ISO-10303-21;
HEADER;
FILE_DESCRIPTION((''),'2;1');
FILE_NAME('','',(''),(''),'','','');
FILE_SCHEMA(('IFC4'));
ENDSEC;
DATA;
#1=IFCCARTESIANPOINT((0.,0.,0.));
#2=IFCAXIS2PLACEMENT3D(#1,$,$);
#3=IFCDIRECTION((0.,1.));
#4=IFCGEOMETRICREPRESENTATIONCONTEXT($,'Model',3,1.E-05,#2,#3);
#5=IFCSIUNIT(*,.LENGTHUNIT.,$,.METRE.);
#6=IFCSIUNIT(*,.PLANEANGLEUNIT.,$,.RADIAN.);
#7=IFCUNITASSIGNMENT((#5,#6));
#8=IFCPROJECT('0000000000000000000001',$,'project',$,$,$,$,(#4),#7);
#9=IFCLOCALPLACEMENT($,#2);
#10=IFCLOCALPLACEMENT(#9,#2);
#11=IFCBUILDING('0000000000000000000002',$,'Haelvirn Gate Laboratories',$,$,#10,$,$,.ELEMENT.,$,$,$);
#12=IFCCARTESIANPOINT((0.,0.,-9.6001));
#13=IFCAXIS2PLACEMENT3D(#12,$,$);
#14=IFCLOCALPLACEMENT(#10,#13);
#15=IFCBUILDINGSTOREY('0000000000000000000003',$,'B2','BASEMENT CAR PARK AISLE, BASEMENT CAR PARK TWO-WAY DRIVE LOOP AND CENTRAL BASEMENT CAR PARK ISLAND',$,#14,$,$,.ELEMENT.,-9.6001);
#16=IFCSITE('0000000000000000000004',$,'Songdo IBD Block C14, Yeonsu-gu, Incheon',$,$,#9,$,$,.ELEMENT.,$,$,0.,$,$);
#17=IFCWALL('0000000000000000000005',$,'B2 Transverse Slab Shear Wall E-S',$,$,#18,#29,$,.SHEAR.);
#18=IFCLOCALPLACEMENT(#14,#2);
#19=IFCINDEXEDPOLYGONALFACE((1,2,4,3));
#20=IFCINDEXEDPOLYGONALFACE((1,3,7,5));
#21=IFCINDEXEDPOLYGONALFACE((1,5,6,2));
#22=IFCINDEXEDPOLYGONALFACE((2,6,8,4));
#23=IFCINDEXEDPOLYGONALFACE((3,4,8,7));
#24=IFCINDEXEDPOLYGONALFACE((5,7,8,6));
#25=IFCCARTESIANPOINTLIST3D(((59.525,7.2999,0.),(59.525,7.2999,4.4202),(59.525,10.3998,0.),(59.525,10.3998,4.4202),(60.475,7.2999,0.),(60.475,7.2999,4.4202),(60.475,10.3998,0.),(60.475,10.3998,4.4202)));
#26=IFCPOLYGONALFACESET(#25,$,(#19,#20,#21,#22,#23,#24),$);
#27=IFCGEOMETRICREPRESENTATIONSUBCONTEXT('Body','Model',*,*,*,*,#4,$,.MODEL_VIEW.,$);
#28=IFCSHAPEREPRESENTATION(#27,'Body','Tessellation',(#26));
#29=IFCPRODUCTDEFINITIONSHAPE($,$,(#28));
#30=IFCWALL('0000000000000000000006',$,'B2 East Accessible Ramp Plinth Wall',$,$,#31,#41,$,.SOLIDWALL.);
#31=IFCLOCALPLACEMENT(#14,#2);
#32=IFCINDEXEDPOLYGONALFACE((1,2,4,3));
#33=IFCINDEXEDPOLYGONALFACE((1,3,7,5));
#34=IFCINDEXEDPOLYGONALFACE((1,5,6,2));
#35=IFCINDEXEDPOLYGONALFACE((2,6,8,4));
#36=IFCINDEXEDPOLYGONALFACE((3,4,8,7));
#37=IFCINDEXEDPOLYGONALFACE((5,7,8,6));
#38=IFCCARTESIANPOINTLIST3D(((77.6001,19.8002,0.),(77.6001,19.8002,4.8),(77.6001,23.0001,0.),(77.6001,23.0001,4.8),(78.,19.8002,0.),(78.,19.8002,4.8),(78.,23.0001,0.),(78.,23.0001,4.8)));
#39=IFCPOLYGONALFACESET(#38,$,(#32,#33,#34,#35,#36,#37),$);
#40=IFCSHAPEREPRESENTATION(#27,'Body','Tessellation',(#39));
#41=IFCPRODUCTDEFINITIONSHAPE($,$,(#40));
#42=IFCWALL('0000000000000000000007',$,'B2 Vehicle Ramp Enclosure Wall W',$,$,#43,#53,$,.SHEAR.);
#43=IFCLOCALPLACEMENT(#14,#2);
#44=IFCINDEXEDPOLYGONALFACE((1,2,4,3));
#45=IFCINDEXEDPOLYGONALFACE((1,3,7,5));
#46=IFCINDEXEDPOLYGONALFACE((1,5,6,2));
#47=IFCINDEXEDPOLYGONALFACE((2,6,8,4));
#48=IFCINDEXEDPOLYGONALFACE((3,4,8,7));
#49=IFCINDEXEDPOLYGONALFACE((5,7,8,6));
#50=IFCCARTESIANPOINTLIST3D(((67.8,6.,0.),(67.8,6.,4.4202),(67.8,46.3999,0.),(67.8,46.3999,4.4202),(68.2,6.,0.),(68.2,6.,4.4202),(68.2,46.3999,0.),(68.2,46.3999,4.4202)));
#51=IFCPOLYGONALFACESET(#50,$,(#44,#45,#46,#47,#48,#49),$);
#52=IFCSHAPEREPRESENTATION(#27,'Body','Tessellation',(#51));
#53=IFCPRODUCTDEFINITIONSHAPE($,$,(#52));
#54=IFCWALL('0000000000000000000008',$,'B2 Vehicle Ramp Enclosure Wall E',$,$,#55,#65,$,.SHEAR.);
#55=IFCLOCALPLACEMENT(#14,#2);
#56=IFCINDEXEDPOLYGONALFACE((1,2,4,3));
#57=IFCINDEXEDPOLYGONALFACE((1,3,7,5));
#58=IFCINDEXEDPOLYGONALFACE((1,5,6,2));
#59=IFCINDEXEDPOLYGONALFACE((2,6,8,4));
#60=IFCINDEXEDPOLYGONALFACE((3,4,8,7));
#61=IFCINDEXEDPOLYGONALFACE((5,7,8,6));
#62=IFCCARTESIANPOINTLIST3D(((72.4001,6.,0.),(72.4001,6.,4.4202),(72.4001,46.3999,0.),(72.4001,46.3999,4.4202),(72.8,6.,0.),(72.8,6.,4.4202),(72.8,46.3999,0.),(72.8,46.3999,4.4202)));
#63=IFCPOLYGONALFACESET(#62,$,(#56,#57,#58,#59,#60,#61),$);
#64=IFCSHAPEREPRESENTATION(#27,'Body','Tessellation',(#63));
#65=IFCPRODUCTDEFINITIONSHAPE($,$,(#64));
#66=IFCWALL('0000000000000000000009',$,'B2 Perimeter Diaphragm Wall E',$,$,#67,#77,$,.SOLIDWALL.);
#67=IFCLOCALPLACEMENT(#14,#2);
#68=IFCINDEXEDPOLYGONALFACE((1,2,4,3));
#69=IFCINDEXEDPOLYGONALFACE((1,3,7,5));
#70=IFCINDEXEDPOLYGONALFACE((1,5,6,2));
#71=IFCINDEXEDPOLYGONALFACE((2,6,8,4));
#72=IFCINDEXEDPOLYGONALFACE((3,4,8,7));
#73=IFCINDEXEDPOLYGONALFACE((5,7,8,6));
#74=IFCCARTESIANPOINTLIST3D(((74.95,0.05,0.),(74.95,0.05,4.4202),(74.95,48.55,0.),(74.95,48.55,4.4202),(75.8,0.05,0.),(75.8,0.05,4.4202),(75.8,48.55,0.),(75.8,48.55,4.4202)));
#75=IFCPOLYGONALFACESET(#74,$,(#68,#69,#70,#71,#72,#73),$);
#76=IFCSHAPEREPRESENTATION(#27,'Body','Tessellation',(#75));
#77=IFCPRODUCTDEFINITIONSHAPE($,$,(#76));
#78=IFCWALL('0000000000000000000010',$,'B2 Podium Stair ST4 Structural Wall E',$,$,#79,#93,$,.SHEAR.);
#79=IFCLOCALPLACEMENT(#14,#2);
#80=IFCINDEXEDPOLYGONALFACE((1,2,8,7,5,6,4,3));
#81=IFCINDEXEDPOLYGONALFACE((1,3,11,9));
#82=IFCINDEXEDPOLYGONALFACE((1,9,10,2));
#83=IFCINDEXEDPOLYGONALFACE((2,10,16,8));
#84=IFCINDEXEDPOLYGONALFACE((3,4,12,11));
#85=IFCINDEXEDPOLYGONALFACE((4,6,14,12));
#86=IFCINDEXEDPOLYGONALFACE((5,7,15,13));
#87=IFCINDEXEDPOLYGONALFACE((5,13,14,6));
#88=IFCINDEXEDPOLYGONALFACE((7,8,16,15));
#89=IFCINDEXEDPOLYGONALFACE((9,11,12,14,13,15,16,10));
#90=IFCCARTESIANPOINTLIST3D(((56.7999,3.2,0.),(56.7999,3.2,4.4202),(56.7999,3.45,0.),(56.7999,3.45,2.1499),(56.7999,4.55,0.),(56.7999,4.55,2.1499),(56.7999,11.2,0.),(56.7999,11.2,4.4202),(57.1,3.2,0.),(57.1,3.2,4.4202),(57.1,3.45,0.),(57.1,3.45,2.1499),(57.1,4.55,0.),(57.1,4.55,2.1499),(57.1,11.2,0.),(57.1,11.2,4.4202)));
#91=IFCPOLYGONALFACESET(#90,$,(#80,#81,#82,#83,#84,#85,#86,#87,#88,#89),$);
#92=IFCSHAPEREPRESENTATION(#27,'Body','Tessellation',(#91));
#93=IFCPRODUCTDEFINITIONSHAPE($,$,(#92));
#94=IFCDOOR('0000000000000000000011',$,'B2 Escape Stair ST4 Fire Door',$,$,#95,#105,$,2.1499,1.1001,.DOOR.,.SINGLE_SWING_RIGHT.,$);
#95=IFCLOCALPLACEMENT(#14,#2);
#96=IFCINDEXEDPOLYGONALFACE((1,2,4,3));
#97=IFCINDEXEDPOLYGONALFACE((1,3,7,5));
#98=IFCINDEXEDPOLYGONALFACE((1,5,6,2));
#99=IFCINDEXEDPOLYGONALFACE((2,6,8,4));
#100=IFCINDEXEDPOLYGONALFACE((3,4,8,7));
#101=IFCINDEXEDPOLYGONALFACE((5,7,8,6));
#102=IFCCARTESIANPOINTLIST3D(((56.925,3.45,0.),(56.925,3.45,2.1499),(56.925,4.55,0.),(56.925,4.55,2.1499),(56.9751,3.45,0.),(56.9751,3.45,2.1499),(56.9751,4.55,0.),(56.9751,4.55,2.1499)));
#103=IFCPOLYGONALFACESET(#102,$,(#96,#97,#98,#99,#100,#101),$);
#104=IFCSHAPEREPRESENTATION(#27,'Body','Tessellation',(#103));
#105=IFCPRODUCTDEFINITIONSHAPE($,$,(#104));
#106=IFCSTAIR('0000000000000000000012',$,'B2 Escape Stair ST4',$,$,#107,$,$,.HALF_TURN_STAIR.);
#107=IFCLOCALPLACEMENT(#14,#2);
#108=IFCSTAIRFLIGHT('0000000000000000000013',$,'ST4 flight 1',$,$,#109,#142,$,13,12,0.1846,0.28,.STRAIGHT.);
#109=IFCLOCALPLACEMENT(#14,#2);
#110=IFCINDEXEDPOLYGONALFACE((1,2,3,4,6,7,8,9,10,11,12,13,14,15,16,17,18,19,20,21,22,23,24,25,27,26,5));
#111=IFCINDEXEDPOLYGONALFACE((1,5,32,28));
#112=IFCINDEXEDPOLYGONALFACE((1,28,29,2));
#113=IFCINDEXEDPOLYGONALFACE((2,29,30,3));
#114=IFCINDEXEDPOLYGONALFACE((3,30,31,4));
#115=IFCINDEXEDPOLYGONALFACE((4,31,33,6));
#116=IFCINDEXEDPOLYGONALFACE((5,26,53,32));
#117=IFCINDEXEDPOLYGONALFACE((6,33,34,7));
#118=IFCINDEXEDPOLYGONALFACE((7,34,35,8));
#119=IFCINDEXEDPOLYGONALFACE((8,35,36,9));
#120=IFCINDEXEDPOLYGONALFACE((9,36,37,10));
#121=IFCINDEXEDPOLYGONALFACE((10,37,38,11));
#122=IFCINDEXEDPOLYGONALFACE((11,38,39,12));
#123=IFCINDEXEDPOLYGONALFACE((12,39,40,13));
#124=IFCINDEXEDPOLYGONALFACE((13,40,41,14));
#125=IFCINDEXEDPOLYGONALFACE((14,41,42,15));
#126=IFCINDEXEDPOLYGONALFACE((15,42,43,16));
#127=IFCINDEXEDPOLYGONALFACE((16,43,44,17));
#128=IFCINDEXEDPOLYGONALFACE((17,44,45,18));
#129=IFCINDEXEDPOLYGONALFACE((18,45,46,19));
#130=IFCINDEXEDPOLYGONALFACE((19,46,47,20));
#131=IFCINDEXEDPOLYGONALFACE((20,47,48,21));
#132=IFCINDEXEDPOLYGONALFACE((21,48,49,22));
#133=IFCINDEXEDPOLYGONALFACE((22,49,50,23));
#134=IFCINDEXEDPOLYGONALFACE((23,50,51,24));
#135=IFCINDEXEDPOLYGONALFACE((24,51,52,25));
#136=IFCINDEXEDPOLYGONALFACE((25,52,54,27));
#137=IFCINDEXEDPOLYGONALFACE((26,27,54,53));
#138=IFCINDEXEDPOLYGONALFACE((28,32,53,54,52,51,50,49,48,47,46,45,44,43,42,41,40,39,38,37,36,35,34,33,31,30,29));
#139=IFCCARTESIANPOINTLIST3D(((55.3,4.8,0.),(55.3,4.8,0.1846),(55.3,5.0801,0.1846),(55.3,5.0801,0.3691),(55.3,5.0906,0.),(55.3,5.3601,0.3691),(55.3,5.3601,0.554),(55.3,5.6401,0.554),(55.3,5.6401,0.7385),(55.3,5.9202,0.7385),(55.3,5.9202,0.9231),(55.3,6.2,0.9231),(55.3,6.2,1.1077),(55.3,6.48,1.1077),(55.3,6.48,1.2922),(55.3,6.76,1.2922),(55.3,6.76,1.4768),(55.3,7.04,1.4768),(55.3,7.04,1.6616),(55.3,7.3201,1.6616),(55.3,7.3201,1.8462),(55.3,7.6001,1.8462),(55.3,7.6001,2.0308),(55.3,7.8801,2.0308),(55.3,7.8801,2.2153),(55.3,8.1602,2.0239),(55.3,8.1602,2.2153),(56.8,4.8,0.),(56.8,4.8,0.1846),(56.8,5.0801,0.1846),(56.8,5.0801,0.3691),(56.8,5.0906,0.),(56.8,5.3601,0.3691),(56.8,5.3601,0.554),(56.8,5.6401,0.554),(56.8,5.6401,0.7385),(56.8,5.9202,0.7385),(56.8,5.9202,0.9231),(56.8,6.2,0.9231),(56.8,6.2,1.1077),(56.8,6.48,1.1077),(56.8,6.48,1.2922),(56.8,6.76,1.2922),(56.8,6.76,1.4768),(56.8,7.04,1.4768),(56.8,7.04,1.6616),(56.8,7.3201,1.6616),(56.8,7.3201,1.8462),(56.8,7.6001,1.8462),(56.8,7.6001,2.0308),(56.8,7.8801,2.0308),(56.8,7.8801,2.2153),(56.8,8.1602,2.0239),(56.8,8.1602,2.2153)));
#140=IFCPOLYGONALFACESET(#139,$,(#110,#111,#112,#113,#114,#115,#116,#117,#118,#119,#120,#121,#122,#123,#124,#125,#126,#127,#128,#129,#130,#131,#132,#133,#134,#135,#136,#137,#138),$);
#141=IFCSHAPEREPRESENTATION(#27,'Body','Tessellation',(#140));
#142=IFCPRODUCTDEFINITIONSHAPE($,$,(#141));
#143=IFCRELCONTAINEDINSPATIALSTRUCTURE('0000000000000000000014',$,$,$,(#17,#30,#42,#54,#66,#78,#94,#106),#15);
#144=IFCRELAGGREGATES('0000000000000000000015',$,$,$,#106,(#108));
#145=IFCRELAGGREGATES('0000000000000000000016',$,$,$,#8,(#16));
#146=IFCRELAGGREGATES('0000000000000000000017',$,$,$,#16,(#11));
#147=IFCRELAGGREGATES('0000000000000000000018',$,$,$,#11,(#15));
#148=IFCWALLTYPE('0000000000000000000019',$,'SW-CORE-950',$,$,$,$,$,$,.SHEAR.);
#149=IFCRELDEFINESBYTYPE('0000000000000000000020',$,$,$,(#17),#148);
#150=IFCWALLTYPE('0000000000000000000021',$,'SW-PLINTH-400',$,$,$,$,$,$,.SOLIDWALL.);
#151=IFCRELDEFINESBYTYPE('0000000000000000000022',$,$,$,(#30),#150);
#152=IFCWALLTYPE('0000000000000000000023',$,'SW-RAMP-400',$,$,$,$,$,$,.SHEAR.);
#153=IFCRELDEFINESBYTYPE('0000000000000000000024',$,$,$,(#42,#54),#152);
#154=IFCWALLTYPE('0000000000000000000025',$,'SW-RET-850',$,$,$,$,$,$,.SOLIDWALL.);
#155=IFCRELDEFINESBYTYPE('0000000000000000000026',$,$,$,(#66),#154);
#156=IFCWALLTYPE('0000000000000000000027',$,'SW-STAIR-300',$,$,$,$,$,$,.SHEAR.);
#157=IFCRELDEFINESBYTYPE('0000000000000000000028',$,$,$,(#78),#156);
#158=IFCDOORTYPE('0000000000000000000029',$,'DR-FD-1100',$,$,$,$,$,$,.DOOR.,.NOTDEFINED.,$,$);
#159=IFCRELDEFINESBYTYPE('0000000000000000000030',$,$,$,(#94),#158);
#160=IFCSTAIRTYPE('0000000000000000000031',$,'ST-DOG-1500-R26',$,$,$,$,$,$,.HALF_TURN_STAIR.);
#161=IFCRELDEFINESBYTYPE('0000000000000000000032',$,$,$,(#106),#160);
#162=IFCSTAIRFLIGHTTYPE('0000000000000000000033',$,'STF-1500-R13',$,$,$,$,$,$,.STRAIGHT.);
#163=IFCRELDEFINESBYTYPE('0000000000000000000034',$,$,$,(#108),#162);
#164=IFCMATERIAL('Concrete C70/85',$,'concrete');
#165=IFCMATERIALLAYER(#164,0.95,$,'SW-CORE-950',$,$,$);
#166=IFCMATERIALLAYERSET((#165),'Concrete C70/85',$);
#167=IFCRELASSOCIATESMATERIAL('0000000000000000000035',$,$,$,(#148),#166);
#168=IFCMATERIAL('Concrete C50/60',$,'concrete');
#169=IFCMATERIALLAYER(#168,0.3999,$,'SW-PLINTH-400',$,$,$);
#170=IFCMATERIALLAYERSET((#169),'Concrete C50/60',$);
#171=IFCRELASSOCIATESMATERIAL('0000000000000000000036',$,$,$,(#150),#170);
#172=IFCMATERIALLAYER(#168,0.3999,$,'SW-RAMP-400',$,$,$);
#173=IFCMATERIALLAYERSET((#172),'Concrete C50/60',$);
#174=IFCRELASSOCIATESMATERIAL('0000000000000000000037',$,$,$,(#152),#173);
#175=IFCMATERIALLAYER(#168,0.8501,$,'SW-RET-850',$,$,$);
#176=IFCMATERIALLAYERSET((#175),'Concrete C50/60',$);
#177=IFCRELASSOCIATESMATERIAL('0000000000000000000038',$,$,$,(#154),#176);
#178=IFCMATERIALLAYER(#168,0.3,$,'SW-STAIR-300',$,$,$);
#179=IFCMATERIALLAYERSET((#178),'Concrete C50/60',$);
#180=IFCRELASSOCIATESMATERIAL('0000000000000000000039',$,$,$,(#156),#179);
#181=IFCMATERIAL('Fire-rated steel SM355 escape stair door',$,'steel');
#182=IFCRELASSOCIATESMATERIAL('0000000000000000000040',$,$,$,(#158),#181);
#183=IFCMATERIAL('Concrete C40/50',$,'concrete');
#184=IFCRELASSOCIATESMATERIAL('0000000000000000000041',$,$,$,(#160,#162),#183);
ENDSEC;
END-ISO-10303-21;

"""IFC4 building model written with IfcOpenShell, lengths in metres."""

from ifc_helpers import new_model, si_unit, direction, frame, frame_2d, origin, place, context, subcontext, project, spatial, polyline, rectangle, outline, extrude, source, transform, mapped, material, layer, layer_set, type_object, type_shapes, element, fill, aggregate, save


model = new_model("IFC4")

# Units and contexts
model_context = context("Model", 3, precision=1e-05, world=origin(), true_north=direction((0.0, 1.0)))
body_context = subcontext(model_context, "Body", "Model", "MODEL_VIEW")
ifc_project = project(units=[si_unit("LENGTHUNIT", "METRE"), si_unit("PLANEANGLEUNIT", "RADIAN")], contexts=[model_context])

# Site, building, storey
site_placement = place(None, origin())
site = spatial("IfcSite", under=ifc_project, at=site_placement, Name="Songdo IBD Block C14, Yeonsu-gu, Incheon", CompositionType="ELEMENT", RefElevation=0.0)
building_placement = place(site_placement, origin())
building = spatial("IfcBuilding", under=site, at=building_placement, Name="Haelvirn Gate Laboratories", CompositionType="ELEMENT")
storey_placement = place(building_placement, frame((0.0, 0.0, -9.6001)))
storey = spatial("IfcBuildingStorey", under=building, at=storey_placement, Name="B2", Description="BASEMENT CAR PARK AISLE, BASEMENT CAR PARK TWO-WAY DRIVE LOOP AND CENTRAL BASEMENT CAR PARK ISLAND", CompositionType="ELEMENT", Elevation=-9.6001)

# Shared definitions
ifc_material_1 = material(Name="Concrete C70/85", Category="concrete")

# Shared definitions
ifc_material_2 = material(Name="Concrete C50/60", Category="concrete")

# Shared definitions
ifc_material_3 = material(Name="Concrete C40/50", Category="concrete")

# Walls
ifc_layer_1 = layer(ifc_material_1, 0.95, Name="SW-CORE-950")
ifc_layer_set_1 = layer_set([ifc_layer_1], Name="Concrete C70/85")
wall_type_1 = type_object("IfcWallType", Name="SW-CORE-950", PredefinedType="SHEAR", material=ifc_layer_set_1)
wall_1_placement = place(storey_placement, frame((60.0, 7.3, 0.0), z_axis=(0.0, 0.0, 1.0), x_axis=(0.0, 1.0, 0.0)))
element("IfcWall", 1, at=wall_1_placement, inside=storey, type_object=wall_type_1, Name="B2 Transverse Slab Shear Wall E-S", PredefinedType="SHEAR", context=body_context, shape_type="SweptSolid", body=[
    extrude(rectangle(XDim=3.0999, YDim=0.95, at=frame_2d((1.5498, 0.0))), origin(), (0.0, 0.0, 1.0), 4.4202),
])
ifc_layer_2 = layer(ifc_material_2, 0.3999, Name="SW-PLINTH-400")
ifc_layer_set_2 = layer_set([ifc_layer_2], Name="Concrete C50/60")
wall_type_2 = type_object("IfcWallType", Name="SW-PLINTH-400", PredefinedType="SOLIDWALL", material=ifc_layer_set_2)
wall_2_placement = place(storey_placement, frame((77.8, 19.8, 0.0), z_axis=(0.0, 0.0, 1.0), x_axis=(0.0, 1.0, 0.0)))
element("IfcWall", 2, at=wall_2_placement, inside=storey, type_object=wall_type_2, Name="B2 East Accessible Ramp Plinth Wall", PredefinedType="SOLIDWALL", context=body_context, shape_type="SweptSolid", body=[
    extrude(rectangle(XDim=3.2, YDim=0.3999, at=frame_2d((1.6001, 0.0))), origin(), (0.0, 0.0, 1.0), 4.8),
])
ifc_layer_3 = layer(ifc_material_2, 0.3999, Name="SW-RAMP-400")
ifc_layer_set_3 = layer_set([ifc_layer_3], Name="Concrete C50/60")
wall_type_3 = type_object("IfcWallType", Name="SW-RAMP-400", PredefinedType="SHEAR", material=ifc_layer_set_3)
for number, where, z_axis, x_axis, name in (
    (3, (68.0, 6.0, 0.0), (0.0, 0.0, 1.0), (0.0, 1.0, 0.0), "B2 Vehicle Ramp Enclosure Wall W"),
    (4, (72.6001, 6.0, 0.0), (0.0, 0.0, 1.0), (0.0, 1.0, 0.0), "B2 Vehicle Ramp Enclosure Wall E"),
):
    element("IfcWall", number, at=place(storey_placement, frame(where, z_axis=z_axis, x_axis=x_axis)), inside=storey, type_object=wall_type_3, Name=name, PredefinedType="SHEAR", context=body_context, shape_type="SweptSolid", body=[
        extrude(rectangle(XDim=40.3999, YDim=0.3999, at=frame_2d((20.2, 0.0))), origin(), (0.0, 0.0, 1.0), 4.4202),
    ])
ifc_layer_4 = layer(ifc_material_2, 0.8501, Name="SW-RET-850")
ifc_layer_set_4 = layer_set([ifc_layer_4], Name="Concrete C50/60")
wall_type_4 = type_object("IfcWallType", Name="SW-RET-850", PredefinedType="SOLIDWALL", material=ifc_layer_set_4)
wall_3_placement = place(storey_placement, frame((75.375, 0.05, 0.0), z_axis=(0.0, 0.0, 1.0), x_axis=(0.0, 1.0, 0.0)))
element("IfcWall", 5, at=wall_3_placement, inside=storey, type_object=wall_type_4, Name="B2 Perimeter Diaphragm Wall E", PredefinedType="SOLIDWALL", context=body_context, shape_type="SweptSolid", body=[
    extrude(rectangle(XDim=48.5, YDim=0.8501, at=frame_2d((24.25, 0.0))), origin(), (0.0, 0.0, 1.0), 4.4202),
])

# Wall, opening, door
ifc_layer_5 = layer(ifc_material_2, 0.3, Name="SW-STAIR-300")
ifc_layer_set_5 = layer_set([ifc_layer_5], Name="Concrete C50/60")
wall_type_5 = type_object("IfcWallType", Name="SW-STAIR-300", PredefinedType="SHEAR", material=ifc_layer_set_5)
wall_4_placement = place(storey_placement, frame((56.95, 3.2, 0.0), z_axis=(0.0, 0.0, 1.0), x_axis=(0.0, 1.0, 0.0)))
wall_4 = element("IfcWall", 6, at=wall_4_placement, inside=storey, type_object=wall_type_5, Name="B2 Podium Stair ST4 Structural Wall E", PredefinedType="SHEAR", context=body_context, shape_type="SweptSolid", body=[
    extrude(rectangle(XDim=8.0, YDim=0.3, at=frame_2d((4.0, 0.0))), origin(), (0.0, 0.0, 1.0), 4.4202),
])
opening_1_placement = place(wall_4_placement, frame((0.25, 0.0, 0.0)))
opening_1 = element("IfcOpeningElement", 7, at=opening_1_placement, cuts=wall_4, PredefinedType="OPENING", context=body_context, shape_type="SweptSolid", body=[
    extrude(rectangle(XDim=1.1001, YDim=2.1499, at=frame_2d((0.55, 1.075))), frame((0.0, 0.1602, 0.0), z_axis=(0.0, -1.0, 0.0), x_axis=(1.0, 0.0, 0.0)), (0.0, 0.0, 1.0), 0.3201),
])
ifc_material_4 = material(Name="Fire-rated steel SM355 escape stair door", Category="steel")
door_type_1 = type_object("IfcDoorType", Name="DR-FD-1100", OperationType="NOTDEFINED", PredefinedType="DOOR", material=ifc_material_4)
shared_shape_1 = source(origin(), body_context, "Body", "SweptSolid", [
    extrude(rectangle(XDim=1.1001, YDim=2.1499, at=frame_2d((0.55, 1.075))), frame((0.0, 0.0249, 0.0), z_axis=(0.0, -1.0, 0.0), x_axis=(1.0, 0.0, 0.0)), (0.0, 0.0, 1.0), 0.05),
])
type_shapes(door_type_1, [shared_shape_1])
door_1_placement = place(opening_1_placement, origin())
door_1 = element("IfcDoor", 8, at=door_1_placement, inside=storey, type_object=door_type_1, Name="B2 Escape Stair ST4 Fire Door", OperationType="SINGLE_SWING_RIGHT", OverallHeight=2.1499, OverallWidth=1.1001, PredefinedType="DOOR", context=body_context, shape_type="MappedRepresentation", body=[
    mapped(shared_shape_1, transform((0.0, 0.0, 0.0), scale=1.0)),
])
fill(opening_1, door_1)

# Stair, stair flight
stair_type = type_object("IfcStairType", Name="ST-DOG-1500-R26", PredefinedType="HALF_TURN_STAIR", material=ifc_material_3)
stair_placement = place(storey_placement, origin())
stair = element("IfcStair", 9, at=stair_placement, inside=storey, type_object=stair_type, Name="B2 Escape Stair ST4", PredefinedType="HALF_TURN_STAIR")
stair_flight_type = type_object("IfcStairFlightType", Name="STF-1500-R13", PredefinedType="STRAIGHT", material=ifc_material_3)
shared_shape_2 = source(origin(), body_context, "Body", "SweptSolid", [
    extrude(outline(polyline([(0.0, 0.0), (0.0, 0.1846), (0.28, 0.1846), (0.28, 0.3691), (0.5601, 0.3691), (0.5601, 0.554), (0.8401, 0.554), (0.8401, 0.7385), (1.1201, 0.7385), (1.1201, 0.9231), (1.3999, 0.9231), (1.3999, 1.1077), (1.6799, 1.1077), (1.6799, 1.2922), (1.96, 1.2922), (1.96, 1.4768), (2.24, 1.4768), (2.24, 1.6616), (2.52, 1.6616), (2.52, 1.8462), (2.8, 1.8462), (2.8, 2.0308), (3.0801, 2.0308), (3.0801, 2.2153), (3.3601, 2.2153), (3.3601, 2.3999), (3.3601, 2.0239), (0.2905, 0.0), (0.0, 0.0)])), frame((0.0, 0.75, 0.0), z_axis=(0.0, -1.0, 0.0), x_axis=(1.0, 0.0, 0.0)), (0.0, 0.0, 1.0), 1.5),
])
type_shapes(stair_flight_type, [shared_shape_2])
stair_flight_placement = place(storey_placement, frame((56.05, 4.8, 0.0), z_axis=(0.0, 0.0, 1.0), x_axis=(0.0, 1.0, 0.0)))
stair_flight = element("IfcStairFlight", 10, at=stair_flight_placement, type_object=stair_flight_type, Name="ST4 flight 1", NumberOfRisers=13, NumberOfTreads=12, PredefinedType="STRAIGHT", RiserHeight=0.1846, TreadLength=0.28, context=body_context, shape_type="MappedRepresentation", body=[
    mapped(shared_shape_2, transform((0.0, 0.0, 0.0), scale=1.0)),
])
aggregate(stair, [stair_flight])

save(model, "model.ifc")
